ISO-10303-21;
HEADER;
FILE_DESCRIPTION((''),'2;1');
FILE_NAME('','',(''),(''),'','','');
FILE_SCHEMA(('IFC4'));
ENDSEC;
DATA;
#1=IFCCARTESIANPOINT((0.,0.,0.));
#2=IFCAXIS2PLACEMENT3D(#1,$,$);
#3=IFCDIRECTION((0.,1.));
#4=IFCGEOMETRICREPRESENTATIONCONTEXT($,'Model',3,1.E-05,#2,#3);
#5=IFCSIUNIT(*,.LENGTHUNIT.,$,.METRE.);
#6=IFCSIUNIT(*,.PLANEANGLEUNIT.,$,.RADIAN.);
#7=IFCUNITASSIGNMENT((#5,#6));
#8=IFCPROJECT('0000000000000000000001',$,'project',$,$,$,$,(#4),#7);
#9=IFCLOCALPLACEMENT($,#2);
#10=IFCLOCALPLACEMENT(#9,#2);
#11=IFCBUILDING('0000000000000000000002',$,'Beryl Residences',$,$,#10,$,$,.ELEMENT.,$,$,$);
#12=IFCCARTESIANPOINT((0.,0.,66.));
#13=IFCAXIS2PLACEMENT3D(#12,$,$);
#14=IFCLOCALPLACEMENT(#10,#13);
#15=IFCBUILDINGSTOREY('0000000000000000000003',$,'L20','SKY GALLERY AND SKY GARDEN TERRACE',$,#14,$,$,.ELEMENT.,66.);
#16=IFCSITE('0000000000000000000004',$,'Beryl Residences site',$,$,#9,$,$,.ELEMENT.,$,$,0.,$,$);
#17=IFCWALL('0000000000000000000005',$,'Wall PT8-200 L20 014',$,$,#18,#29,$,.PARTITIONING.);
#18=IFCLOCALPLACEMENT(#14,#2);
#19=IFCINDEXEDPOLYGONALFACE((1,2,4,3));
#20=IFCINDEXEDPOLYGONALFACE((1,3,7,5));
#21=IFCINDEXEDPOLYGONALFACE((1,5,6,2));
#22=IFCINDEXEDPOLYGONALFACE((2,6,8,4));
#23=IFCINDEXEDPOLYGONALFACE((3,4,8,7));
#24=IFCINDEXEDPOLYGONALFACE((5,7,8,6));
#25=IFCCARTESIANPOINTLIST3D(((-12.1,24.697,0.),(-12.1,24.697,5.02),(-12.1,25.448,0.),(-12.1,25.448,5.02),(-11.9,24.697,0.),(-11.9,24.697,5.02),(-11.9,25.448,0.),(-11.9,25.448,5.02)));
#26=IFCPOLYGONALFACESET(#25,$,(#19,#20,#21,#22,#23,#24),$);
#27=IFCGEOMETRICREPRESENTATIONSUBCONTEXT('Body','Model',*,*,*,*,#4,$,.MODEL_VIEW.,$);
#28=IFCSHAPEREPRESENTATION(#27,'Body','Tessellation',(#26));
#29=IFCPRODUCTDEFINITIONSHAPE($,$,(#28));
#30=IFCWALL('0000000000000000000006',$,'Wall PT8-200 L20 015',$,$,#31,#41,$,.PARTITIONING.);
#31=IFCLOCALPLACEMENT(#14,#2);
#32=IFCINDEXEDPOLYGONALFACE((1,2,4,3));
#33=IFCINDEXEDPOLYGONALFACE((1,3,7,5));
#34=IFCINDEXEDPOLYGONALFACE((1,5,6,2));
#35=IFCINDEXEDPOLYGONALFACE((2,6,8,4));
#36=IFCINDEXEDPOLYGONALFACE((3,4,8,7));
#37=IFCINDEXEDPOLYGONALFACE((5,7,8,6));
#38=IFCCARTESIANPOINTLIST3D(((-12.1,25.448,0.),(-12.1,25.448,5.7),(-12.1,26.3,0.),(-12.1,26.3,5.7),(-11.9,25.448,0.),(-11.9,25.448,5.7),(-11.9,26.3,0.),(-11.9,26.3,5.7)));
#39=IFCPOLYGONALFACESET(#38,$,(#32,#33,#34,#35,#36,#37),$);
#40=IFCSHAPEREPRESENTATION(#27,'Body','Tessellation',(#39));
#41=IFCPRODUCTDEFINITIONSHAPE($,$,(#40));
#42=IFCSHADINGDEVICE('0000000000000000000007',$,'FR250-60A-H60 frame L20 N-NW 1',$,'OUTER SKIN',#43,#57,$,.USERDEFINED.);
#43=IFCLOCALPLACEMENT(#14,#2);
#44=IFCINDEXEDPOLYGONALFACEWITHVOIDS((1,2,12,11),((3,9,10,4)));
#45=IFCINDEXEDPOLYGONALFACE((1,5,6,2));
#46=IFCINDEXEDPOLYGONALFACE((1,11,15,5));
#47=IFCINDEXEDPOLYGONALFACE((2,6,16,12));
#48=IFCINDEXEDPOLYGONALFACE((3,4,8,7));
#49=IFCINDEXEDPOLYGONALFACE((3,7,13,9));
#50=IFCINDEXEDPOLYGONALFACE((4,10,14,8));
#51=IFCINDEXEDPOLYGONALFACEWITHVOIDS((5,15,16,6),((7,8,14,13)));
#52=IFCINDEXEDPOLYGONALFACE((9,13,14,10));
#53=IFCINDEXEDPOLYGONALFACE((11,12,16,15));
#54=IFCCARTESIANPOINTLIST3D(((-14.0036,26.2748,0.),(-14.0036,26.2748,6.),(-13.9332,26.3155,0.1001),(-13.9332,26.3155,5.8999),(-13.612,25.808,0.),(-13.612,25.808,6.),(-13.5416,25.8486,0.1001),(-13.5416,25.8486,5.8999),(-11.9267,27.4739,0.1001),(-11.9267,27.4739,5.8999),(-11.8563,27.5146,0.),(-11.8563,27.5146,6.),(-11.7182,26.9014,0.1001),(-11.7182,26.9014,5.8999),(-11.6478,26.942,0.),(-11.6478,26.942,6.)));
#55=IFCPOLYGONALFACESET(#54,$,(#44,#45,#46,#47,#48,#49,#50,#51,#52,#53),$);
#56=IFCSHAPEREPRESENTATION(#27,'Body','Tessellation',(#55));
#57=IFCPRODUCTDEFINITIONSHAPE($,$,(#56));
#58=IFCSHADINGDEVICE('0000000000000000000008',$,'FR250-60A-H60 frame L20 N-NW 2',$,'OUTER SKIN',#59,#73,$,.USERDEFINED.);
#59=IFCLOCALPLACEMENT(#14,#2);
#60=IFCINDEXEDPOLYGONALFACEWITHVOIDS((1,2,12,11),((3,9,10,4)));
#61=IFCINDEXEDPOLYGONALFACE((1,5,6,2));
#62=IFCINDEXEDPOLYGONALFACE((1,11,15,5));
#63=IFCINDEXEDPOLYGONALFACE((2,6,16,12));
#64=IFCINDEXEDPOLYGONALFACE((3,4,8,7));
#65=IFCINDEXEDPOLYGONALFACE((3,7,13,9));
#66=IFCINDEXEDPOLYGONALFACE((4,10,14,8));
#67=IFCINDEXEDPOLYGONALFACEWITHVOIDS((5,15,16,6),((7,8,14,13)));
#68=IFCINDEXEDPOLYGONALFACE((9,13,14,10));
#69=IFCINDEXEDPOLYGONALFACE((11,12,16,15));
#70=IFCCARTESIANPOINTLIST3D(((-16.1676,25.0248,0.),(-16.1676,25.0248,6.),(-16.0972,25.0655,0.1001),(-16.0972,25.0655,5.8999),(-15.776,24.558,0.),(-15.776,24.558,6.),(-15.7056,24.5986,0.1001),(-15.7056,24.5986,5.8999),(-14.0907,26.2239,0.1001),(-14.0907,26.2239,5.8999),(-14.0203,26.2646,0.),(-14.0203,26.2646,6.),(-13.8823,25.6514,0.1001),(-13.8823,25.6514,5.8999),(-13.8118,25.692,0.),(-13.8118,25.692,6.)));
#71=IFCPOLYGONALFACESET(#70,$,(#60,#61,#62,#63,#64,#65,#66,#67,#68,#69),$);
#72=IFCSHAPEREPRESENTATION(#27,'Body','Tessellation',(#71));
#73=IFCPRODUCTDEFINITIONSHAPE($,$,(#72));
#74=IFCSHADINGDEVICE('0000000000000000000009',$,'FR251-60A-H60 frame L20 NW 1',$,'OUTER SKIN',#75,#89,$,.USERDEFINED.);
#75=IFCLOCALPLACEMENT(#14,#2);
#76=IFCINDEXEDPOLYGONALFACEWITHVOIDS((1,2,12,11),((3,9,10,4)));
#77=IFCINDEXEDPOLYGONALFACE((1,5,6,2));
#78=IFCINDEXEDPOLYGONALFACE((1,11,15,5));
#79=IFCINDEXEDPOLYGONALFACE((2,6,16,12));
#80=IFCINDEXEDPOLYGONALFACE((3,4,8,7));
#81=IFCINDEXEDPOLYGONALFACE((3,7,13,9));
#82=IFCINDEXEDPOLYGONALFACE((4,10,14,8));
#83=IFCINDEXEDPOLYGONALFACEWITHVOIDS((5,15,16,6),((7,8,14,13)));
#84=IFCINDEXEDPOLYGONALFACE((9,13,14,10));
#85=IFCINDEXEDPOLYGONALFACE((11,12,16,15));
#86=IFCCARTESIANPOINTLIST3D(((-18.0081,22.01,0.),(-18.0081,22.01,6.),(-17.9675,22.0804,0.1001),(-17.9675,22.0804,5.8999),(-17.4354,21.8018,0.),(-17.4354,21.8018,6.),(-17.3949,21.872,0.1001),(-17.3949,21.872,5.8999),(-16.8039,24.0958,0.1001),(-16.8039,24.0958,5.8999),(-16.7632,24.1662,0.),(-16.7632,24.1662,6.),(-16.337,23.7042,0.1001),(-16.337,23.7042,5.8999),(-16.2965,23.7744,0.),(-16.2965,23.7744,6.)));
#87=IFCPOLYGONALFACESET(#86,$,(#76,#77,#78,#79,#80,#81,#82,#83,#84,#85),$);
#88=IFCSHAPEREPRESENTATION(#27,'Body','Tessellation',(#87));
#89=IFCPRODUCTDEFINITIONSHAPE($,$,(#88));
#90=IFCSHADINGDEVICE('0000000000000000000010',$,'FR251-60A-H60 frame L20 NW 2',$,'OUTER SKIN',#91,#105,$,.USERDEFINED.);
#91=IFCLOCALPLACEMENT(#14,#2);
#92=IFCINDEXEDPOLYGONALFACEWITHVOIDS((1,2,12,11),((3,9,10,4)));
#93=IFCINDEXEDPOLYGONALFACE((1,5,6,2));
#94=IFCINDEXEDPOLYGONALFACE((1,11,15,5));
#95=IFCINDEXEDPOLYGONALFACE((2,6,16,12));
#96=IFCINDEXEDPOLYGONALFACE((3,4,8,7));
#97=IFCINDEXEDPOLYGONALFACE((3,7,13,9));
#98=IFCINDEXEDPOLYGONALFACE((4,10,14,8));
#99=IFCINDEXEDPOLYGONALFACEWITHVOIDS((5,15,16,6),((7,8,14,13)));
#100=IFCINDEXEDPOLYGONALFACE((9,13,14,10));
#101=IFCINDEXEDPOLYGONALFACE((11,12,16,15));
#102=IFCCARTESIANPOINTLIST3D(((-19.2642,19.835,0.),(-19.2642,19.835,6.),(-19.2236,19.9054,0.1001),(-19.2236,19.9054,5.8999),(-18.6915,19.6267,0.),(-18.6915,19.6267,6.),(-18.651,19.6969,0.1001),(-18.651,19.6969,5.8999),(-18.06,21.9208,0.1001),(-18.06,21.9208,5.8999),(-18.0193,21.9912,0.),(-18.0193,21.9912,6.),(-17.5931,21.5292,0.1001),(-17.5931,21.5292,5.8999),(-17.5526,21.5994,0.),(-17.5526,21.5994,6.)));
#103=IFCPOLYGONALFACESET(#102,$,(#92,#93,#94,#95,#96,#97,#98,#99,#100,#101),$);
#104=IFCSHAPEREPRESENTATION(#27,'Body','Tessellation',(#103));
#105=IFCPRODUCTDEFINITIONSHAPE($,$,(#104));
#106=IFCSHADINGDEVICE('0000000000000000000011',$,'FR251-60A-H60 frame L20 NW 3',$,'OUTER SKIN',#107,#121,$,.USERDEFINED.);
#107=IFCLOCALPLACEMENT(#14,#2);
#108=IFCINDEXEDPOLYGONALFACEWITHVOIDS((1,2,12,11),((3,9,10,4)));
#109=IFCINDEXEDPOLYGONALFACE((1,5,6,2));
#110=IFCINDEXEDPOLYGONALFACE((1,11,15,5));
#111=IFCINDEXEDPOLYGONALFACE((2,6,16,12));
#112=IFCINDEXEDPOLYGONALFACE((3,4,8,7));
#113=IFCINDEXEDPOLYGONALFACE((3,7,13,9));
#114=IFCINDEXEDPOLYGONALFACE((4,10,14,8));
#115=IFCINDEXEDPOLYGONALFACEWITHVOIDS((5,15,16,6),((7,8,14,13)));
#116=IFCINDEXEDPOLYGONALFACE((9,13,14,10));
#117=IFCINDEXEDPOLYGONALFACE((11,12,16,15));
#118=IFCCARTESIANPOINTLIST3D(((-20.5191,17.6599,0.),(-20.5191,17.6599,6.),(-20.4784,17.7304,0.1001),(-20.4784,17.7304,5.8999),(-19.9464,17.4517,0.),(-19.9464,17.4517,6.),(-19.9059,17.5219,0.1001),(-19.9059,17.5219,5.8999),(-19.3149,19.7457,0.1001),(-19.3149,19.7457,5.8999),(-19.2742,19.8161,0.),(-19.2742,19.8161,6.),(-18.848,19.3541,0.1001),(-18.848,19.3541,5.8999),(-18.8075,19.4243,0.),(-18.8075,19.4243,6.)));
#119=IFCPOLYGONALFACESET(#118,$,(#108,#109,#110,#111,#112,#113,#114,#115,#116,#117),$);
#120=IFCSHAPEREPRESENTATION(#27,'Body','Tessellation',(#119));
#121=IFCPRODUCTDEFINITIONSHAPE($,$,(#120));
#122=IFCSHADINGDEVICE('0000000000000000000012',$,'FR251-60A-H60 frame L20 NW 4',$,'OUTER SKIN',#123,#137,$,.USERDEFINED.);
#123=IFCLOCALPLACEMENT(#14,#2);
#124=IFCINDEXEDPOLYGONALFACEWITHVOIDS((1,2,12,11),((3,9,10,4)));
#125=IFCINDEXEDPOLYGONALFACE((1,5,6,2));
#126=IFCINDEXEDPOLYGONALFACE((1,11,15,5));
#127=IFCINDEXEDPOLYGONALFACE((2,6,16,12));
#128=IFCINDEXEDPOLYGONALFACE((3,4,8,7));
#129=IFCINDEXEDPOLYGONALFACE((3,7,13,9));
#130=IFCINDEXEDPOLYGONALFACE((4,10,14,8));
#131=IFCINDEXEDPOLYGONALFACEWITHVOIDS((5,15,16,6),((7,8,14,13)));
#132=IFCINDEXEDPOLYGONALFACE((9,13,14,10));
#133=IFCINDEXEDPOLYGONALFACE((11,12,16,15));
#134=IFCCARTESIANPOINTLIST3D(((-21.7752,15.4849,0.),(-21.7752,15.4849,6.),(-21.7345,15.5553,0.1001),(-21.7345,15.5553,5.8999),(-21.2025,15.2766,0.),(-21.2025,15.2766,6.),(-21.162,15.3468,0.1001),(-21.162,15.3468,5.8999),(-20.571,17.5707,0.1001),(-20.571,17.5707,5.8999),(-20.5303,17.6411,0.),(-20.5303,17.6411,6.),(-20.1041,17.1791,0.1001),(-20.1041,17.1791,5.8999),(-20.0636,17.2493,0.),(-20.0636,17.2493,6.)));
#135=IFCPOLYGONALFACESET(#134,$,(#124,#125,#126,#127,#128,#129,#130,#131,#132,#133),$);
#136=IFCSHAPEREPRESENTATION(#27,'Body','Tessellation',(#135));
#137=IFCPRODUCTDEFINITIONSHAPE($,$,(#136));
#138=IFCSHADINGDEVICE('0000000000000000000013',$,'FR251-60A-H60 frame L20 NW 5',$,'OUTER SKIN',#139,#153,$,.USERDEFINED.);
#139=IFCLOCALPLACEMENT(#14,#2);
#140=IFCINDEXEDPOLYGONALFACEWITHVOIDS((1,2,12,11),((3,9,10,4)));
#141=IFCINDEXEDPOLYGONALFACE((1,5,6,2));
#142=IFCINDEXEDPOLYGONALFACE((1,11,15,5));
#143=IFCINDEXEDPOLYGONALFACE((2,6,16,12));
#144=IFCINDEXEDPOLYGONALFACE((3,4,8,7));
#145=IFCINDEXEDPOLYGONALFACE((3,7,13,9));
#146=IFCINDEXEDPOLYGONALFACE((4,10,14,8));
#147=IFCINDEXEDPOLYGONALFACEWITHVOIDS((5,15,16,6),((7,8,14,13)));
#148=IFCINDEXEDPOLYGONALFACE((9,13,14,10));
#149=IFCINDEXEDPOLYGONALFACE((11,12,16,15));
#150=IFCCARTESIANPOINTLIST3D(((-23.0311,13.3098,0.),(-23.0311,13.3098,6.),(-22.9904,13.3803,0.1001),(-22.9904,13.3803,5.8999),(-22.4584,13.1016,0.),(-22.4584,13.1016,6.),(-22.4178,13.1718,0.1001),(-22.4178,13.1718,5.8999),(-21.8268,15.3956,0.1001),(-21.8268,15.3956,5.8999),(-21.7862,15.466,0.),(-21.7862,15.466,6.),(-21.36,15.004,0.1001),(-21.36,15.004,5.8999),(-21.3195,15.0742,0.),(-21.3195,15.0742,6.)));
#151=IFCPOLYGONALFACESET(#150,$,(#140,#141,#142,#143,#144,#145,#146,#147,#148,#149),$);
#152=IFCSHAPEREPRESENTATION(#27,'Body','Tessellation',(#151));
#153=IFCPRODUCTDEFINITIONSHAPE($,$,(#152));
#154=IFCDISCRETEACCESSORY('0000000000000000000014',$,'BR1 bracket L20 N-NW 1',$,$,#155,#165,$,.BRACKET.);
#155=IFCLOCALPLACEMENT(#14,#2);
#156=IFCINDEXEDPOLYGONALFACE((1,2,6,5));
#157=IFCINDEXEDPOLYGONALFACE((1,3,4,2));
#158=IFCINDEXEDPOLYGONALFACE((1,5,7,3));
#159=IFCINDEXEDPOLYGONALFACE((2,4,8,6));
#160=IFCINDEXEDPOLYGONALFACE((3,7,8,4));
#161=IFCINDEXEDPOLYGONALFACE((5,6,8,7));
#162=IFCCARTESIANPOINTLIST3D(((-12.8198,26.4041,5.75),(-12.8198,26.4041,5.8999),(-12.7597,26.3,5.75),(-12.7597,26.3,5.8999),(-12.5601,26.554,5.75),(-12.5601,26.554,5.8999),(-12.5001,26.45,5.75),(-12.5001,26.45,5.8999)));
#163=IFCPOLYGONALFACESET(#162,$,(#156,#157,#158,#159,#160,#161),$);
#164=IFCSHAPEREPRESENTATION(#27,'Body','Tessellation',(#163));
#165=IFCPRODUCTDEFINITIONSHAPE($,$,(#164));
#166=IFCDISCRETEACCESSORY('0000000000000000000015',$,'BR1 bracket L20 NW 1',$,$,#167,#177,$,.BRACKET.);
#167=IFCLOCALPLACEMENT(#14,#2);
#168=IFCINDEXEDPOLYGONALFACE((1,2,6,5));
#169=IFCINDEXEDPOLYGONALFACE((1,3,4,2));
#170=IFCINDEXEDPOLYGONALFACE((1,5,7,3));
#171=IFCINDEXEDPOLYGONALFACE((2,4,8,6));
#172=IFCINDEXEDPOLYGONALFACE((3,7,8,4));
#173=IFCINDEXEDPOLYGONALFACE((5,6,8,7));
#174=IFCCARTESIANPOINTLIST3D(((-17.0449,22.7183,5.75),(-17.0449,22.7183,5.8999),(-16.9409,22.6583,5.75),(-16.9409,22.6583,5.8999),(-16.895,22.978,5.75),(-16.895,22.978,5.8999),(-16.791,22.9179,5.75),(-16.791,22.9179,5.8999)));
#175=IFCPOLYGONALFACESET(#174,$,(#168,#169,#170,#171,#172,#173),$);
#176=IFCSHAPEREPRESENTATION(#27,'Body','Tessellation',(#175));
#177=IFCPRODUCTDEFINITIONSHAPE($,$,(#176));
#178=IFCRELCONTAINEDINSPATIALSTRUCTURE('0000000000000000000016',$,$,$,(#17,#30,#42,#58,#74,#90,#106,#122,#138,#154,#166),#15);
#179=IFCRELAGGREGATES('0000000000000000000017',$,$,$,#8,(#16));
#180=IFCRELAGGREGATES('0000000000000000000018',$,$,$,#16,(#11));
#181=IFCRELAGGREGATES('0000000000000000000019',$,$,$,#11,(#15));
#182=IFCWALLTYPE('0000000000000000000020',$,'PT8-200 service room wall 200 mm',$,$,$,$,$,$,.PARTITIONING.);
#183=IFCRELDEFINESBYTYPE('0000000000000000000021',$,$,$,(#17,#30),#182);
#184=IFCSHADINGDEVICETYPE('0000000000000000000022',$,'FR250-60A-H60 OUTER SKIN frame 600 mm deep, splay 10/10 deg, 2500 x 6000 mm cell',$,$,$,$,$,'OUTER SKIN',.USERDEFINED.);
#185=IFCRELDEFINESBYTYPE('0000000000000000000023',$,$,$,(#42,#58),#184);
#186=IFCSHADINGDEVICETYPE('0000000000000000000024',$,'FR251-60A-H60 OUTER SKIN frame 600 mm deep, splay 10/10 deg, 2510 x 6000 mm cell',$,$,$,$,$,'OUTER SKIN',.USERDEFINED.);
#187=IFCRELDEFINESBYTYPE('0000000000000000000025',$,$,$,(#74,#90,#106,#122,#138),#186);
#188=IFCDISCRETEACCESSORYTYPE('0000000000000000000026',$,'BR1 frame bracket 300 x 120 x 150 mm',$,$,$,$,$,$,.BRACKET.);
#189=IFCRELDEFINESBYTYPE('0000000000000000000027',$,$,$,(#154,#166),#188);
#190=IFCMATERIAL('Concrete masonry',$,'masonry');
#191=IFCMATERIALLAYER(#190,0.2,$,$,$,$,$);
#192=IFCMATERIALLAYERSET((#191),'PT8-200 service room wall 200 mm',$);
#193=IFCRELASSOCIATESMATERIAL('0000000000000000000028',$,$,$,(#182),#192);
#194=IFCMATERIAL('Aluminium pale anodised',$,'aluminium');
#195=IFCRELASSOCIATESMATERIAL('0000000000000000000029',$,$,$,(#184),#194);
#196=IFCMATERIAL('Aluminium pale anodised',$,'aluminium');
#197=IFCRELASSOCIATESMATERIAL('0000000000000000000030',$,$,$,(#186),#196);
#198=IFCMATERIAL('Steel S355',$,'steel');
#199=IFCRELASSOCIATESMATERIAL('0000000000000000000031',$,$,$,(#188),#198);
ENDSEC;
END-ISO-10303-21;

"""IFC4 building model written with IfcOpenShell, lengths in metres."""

from ifc_helpers import new_model, entity, si_unit, direction, frame, frame_2d, origin, place, context, subcontext, project, spatial, polyline, rectangle, outline, extrude, source, transform, mapped, material, layer, layer_set, type_object, type_shapes, element, save


model = new_model("IFC4")

# Units and contexts
model_context = context("Model", 3, precision=1e-05, world=origin(), true_north=direction((0.0, 1.0)))
body_context = subcontext(model_context, "Body", "Model", "MODEL_VIEW")
ifc_project = project(units=[si_unit("LENGTHUNIT", "METRE"), si_unit("PLANEANGLEUNIT", "RADIAN")], contexts=[model_context])

# Site, building, storey
site_placement = place(None, origin())
site = spatial("IfcSite", under=ifc_project, at=site_placement, Name="Beryl Residences site", CompositionType="ELEMENT", RefElevation=0.0)
building_placement = place(site_placement, origin())
building = spatial("IfcBuilding", under=site, at=building_placement, Name="Beryl Residences", CompositionType="ELEMENT")
storey_placement = place(building_placement, frame((0.0, 0.0, 66.0)))
storey = spatial("IfcBuildingStorey", under=building, at=storey_placement, Name="L20", Description="SKY GALLERY AND SKY GARDEN TERRACE", CompositionType="ELEMENT", Elevation=66.0)

# Walls
ifc_material_1 = material(Name="Concrete masonry", Category="masonry")
ifc_layer_1 = layer(ifc_material_1, 0.2)
ifc_layer_set_1 = layer_set([ifc_layer_1], Name="PT8-200 service room wall 200 mm")
wall_type_1 = type_object("IfcWallType", Name="PT8-200 service room wall 200 mm", PredefinedType="PARTITIONING", material=ifc_layer_set_1)
wall_1_placement = place(storey_placement, frame((-12.0, 24.697, 0.0), z_axis=(0.0, 0.0, 1.0), x_axis=(0.0, 1.0, 0.0)))
element("IfcWall", 1, at=wall_1_placement, inside=storey, type_object=wall_type_1, Name="Wall PT8-200 L20 014", PredefinedType="PARTITIONING", context=body_context, shape_type="SweptSolid", body=[
    extrude(rectangle(XDim=0.751, YDim=0.2, at=frame_2d((0.3755, 0.0))), origin(), (0.0, 0.0, 1.0), 5.02),
])
wall_2_placement = place(storey_placement, frame((-12.0, 25.448, 0.0), z_axis=(0.0, 0.0, 1.0), x_axis=(0.0, 1.0, 0.0)))
element("IfcWall", 2, at=wall_2_placement, inside=storey, type_object=wall_type_1, Name="Wall PT8-200 L20 015", PredefinedType="PARTITIONING", context=body_context, shape_type="SweptSolid", body=[
    extrude(rectangle(XDim=0.8521, YDim=0.2, at=frame_2d((0.426, 0.0))), origin(), (0.0, 0.0, 1.0), 5.7),
])

# Shading devices
ifc_material_2 = material(Name="Aluminium pale anodised", Category="aluminium")
shading_device_type_1 = type_object("IfcShadingDeviceType", Name="FR250-60A-H60 OUTER SKIN frame 600 mm deep, splay 10/10 deg, 2500 x 6000 mm cell", ElementType="OUTER SKIN", PredefinedType="USERDEFINED", material=ifc_material_2)
cartesian_point_1 = entity("IfcCartesianPoint", [-1.134, 0.0])
cartesian_point_2 = entity("IfcCartesianPoint", [-1.0527, 0.1001])
cartesian_point_3 = entity("IfcCartesianPoint", [-1.2397, 0.0])
cartesian_point_4 = entity("IfcCartesianPoint", [-1.1584, 0.1001])
shared_shape_1 = source(origin(), body_context, "Body", "SweptSolid", [
    entity("IfcExtrudedAreaSolidTapered", entity("IfcArbitraryProfileDefWithVoids", "AREA", None, entity("IfcPolyline", [cartesian_point_1, entity("IfcCartesianPoint", [1.134, 0.0]), entity("IfcCartesianPoint", [1.134, 6.0]), entity("IfcCartesianPoint", [-1.134, 6.0]), cartesian_point_1]), [entity("IfcPolyline", [cartesian_point_2, entity("IfcCartesianPoint", [1.0527, 0.1001]), entity("IfcCartesianPoint", [1.0527, 5.8999]), entity("IfcCartesianPoint", [-1.0527, 5.8999]), cartesian_point_2])]), entity("IfcAxis2Placement3D", entity("IfcCartesianPoint", [0.0, 0.0, 0.0]), entity("IfcDirection", [0.0, 1.0, 0.0]), entity("IfcDirection", [-1.0, 0.0, 0.0])), entity("IfcDirection", [0.0, 0.0, 1.0]), 0.6001, entity("IfcArbitraryProfileDefWithVoids", "AREA", None, entity("IfcPolyline", [cartesian_point_3, entity("IfcCartesianPoint", [1.2397, 0.0]), entity("IfcCartesianPoint", [1.2397, 6.0]), entity("IfcCartesianPoint", [-1.2397, 6.0]), cartesian_point_3]), [entity("IfcPolyline", [cartesian_point_4, entity("IfcCartesianPoint", [1.1584, 0.1001]), entity("IfcCartesianPoint", [1.1584, 5.8999]), entity("IfcCartesianPoint", [-1.1584, 5.8999]), cartesian_point_4])])),
])
type_shapes(shading_device_type_1, [shared_shape_1])
for number, where, z_axis, x_axis, name in (
    (3, (-12.6299, 26.375, 0.0), (0.0, 0.0, 1.0), (0.866025, 0.5, 0.0), "FR250-60A-H60 frame L20 N-NW 1"),
    (4, (-14.7939, 25.125, 0.0), (0.0, 0.0, 1.0), (0.866025, 0.5, 0.0), "FR250-60A-H60 frame L20 N-NW 2"),
):
    element("IfcShadingDevice", number, at=place(storey_placement, frame(where, z_axis=z_axis, x_axis=x_axis)), inside=storey, type_object=shading_device_type_1, Name=name, ObjectType="OUTER SKIN", PredefinedType="USERDEFINED", context=body_context, shape_type="MappedRepresentation", body=[
        mapped(shared_shape_1, transform((0.0, 0.0, 0.0))),
    ])
ifc_material_3 = material(Name="Aluminium pale anodised", Category="aluminium")
shading_device_type_2 = type_object("IfcShadingDeviceType", Name="FR251-60A-H60 OUTER SKIN frame 600 mm deep, splay 10/10 deg, 2510 x 6000 mm cell", ElementType="OUTER SKIN", PredefinedType="USERDEFINED", material=ifc_material_3)
cartesian_point_5 = entity("IfcCartesianPoint", [-1.1389, 0.0])
cartesian_point_6 = entity("IfcCartesianPoint", [-1.0579, 0.1001])
cartesian_point_7 = entity("IfcCartesianPoint", [-1.2449, 0.0])
cartesian_point_8 = entity("IfcCartesianPoint", [-1.1636, 0.1001])
shared_shape_2 = source(origin(), body_context, "Body", "SweptSolid", [
    entity("IfcExtrudedAreaSolidTapered", entity("IfcArbitraryProfileDefWithVoids", "AREA", None, entity("IfcPolyline", [cartesian_point_5, entity("IfcCartesianPoint", [1.1389, 0.0]), entity("IfcCartesianPoint", [1.1389, 6.0]), entity("IfcCartesianPoint", [-1.1389, 6.0]), cartesian_point_5]), [entity("IfcPolyline", [cartesian_point_6, entity("IfcCartesianPoint", [1.0579, 0.1001]), entity("IfcCartesianPoint", [1.0579, 5.8999]), entity("IfcCartesianPoint", [-1.0579, 5.8999]), cartesian_point_6])]), entity("IfcAxis2Placement3D", entity("IfcCartesianPoint", [0.0, 0.0, 0.0]), entity("IfcDirection", [0.0, 1.0, 0.0]), entity("IfcDirection", [-1.0, 0.0, 0.0])), entity("IfcDirection", [0.0, 0.0, 1.0]), 0.6001, entity("IfcArbitraryProfileDefWithVoids", "AREA", None, entity("IfcPolyline", [cartesian_point_7, entity("IfcCartesianPoint", [1.2449, 0.0]), entity("IfcCartesianPoint", [1.2449, 6.0]), entity("IfcCartesianPoint", [-1.2449, 6.0]), cartesian_point_7]), [entity("IfcPolyline", [cartesian_point_8, entity("IfcCartesianPoint", [1.1636, 0.1001]), entity("IfcCartesianPoint", [1.1636, 5.8999]), entity("IfcCartesianPoint", [-1.1636, 5.8999]), cartesian_point_8])])),
])
type_shapes(shading_device_type_2, [shared_shape_2])
for number, where, z_axis, x_axis, name in (
    (5, (-16.866, 22.7881, 0.0), (0.0, 0.0, 1.0), (0.5, 0.866025, 0.0), "FR251-60A-H60 frame L20 NW 1"),
    (6, (-18.1221, 20.613, 0.0), (0.0, 0.0, 1.0), (0.5, 0.866025, 0.0), "FR251-60A-H60 frame L20 NW 2"),
    (7, (-19.377, 18.438, 0.0), (0.0, 0.0, 1.0), (0.5, 0.866025, 0.0), "FR251-60A-H60 frame L20 NW 3"),
    (8, (-20.6331, 16.2629, 0.0), (0.0, 0.0, 1.0), (0.5, 0.866025, 0.0), "FR251-60A-H60 frame L20 NW 4"),
    (9, (-21.8889, 14.0879, 0.0), (0.0, 0.0, 1.0), (0.5, 0.866025, 0.0), "FR251-60A-H60 frame L20 NW 5"),
):
    element("IfcShadingDevice", number, at=place(storey_placement, frame(where, z_axis=z_axis, x_axis=x_axis)), inside=storey, type_object=shading_device_type_2, Name=name, ObjectType="OUTER SKIN", PredefinedType="USERDEFINED", context=body_context, shape_type="MappedRepresentation", body=[
        mapped(shared_shape_2, transform((0.0, 0.0, 0.0))),
    ])

# Discrete accessories
ifc_material_4 = material(Name="Steel S355", Category="steel")
discrete_accessory_type = type_object("IfcDiscreteAccessoryType", Name="BR1 frame bracket 300 x 120 x 150 mm", PredefinedType="BRACKET", material=ifc_material_4)
shared_shape_3 = source(origin(), body_context, "Body", "SweptSolid", [
    extrude(outline(polyline([(-0.1499, 0.0), (0.1499, 0.0), (0.1499, 0.1201), (-0.1499, 0.1201), (-0.1499, 0.0)])), origin(), (0.0, 0.0, 1.0), 0.1499),
])
type_shapes(discrete_accessory_type, [shared_shape_3])
for number, where, z_axis, x_axis, name in (
    (10, (-12.6299, 26.375, 5.75), (0.0, 0.0, 1.0), (0.866025, 0.5, 0.0), "BR1 bracket L20 N-NW 1"),
    (11, (-16.866, 22.7881, 5.75), (0.0, 0.0, 1.0), (0.5, 0.866025, 0.0), "BR1 bracket L20 NW 1"),
):
    element("IfcDiscreteAccessory", number, at=place(storey_placement, frame(where, z_axis=z_axis, x_axis=x_axis)), inside=storey, type_object=discrete_accessory_type, Name=name, PredefinedType="BRACKET", context=body_context, shape_type="MappedRepresentation", body=[
        mapped(shared_shape_3, transform((0.0, 0.0, 0.0))),
    ])

save(model, "model.ifc")
